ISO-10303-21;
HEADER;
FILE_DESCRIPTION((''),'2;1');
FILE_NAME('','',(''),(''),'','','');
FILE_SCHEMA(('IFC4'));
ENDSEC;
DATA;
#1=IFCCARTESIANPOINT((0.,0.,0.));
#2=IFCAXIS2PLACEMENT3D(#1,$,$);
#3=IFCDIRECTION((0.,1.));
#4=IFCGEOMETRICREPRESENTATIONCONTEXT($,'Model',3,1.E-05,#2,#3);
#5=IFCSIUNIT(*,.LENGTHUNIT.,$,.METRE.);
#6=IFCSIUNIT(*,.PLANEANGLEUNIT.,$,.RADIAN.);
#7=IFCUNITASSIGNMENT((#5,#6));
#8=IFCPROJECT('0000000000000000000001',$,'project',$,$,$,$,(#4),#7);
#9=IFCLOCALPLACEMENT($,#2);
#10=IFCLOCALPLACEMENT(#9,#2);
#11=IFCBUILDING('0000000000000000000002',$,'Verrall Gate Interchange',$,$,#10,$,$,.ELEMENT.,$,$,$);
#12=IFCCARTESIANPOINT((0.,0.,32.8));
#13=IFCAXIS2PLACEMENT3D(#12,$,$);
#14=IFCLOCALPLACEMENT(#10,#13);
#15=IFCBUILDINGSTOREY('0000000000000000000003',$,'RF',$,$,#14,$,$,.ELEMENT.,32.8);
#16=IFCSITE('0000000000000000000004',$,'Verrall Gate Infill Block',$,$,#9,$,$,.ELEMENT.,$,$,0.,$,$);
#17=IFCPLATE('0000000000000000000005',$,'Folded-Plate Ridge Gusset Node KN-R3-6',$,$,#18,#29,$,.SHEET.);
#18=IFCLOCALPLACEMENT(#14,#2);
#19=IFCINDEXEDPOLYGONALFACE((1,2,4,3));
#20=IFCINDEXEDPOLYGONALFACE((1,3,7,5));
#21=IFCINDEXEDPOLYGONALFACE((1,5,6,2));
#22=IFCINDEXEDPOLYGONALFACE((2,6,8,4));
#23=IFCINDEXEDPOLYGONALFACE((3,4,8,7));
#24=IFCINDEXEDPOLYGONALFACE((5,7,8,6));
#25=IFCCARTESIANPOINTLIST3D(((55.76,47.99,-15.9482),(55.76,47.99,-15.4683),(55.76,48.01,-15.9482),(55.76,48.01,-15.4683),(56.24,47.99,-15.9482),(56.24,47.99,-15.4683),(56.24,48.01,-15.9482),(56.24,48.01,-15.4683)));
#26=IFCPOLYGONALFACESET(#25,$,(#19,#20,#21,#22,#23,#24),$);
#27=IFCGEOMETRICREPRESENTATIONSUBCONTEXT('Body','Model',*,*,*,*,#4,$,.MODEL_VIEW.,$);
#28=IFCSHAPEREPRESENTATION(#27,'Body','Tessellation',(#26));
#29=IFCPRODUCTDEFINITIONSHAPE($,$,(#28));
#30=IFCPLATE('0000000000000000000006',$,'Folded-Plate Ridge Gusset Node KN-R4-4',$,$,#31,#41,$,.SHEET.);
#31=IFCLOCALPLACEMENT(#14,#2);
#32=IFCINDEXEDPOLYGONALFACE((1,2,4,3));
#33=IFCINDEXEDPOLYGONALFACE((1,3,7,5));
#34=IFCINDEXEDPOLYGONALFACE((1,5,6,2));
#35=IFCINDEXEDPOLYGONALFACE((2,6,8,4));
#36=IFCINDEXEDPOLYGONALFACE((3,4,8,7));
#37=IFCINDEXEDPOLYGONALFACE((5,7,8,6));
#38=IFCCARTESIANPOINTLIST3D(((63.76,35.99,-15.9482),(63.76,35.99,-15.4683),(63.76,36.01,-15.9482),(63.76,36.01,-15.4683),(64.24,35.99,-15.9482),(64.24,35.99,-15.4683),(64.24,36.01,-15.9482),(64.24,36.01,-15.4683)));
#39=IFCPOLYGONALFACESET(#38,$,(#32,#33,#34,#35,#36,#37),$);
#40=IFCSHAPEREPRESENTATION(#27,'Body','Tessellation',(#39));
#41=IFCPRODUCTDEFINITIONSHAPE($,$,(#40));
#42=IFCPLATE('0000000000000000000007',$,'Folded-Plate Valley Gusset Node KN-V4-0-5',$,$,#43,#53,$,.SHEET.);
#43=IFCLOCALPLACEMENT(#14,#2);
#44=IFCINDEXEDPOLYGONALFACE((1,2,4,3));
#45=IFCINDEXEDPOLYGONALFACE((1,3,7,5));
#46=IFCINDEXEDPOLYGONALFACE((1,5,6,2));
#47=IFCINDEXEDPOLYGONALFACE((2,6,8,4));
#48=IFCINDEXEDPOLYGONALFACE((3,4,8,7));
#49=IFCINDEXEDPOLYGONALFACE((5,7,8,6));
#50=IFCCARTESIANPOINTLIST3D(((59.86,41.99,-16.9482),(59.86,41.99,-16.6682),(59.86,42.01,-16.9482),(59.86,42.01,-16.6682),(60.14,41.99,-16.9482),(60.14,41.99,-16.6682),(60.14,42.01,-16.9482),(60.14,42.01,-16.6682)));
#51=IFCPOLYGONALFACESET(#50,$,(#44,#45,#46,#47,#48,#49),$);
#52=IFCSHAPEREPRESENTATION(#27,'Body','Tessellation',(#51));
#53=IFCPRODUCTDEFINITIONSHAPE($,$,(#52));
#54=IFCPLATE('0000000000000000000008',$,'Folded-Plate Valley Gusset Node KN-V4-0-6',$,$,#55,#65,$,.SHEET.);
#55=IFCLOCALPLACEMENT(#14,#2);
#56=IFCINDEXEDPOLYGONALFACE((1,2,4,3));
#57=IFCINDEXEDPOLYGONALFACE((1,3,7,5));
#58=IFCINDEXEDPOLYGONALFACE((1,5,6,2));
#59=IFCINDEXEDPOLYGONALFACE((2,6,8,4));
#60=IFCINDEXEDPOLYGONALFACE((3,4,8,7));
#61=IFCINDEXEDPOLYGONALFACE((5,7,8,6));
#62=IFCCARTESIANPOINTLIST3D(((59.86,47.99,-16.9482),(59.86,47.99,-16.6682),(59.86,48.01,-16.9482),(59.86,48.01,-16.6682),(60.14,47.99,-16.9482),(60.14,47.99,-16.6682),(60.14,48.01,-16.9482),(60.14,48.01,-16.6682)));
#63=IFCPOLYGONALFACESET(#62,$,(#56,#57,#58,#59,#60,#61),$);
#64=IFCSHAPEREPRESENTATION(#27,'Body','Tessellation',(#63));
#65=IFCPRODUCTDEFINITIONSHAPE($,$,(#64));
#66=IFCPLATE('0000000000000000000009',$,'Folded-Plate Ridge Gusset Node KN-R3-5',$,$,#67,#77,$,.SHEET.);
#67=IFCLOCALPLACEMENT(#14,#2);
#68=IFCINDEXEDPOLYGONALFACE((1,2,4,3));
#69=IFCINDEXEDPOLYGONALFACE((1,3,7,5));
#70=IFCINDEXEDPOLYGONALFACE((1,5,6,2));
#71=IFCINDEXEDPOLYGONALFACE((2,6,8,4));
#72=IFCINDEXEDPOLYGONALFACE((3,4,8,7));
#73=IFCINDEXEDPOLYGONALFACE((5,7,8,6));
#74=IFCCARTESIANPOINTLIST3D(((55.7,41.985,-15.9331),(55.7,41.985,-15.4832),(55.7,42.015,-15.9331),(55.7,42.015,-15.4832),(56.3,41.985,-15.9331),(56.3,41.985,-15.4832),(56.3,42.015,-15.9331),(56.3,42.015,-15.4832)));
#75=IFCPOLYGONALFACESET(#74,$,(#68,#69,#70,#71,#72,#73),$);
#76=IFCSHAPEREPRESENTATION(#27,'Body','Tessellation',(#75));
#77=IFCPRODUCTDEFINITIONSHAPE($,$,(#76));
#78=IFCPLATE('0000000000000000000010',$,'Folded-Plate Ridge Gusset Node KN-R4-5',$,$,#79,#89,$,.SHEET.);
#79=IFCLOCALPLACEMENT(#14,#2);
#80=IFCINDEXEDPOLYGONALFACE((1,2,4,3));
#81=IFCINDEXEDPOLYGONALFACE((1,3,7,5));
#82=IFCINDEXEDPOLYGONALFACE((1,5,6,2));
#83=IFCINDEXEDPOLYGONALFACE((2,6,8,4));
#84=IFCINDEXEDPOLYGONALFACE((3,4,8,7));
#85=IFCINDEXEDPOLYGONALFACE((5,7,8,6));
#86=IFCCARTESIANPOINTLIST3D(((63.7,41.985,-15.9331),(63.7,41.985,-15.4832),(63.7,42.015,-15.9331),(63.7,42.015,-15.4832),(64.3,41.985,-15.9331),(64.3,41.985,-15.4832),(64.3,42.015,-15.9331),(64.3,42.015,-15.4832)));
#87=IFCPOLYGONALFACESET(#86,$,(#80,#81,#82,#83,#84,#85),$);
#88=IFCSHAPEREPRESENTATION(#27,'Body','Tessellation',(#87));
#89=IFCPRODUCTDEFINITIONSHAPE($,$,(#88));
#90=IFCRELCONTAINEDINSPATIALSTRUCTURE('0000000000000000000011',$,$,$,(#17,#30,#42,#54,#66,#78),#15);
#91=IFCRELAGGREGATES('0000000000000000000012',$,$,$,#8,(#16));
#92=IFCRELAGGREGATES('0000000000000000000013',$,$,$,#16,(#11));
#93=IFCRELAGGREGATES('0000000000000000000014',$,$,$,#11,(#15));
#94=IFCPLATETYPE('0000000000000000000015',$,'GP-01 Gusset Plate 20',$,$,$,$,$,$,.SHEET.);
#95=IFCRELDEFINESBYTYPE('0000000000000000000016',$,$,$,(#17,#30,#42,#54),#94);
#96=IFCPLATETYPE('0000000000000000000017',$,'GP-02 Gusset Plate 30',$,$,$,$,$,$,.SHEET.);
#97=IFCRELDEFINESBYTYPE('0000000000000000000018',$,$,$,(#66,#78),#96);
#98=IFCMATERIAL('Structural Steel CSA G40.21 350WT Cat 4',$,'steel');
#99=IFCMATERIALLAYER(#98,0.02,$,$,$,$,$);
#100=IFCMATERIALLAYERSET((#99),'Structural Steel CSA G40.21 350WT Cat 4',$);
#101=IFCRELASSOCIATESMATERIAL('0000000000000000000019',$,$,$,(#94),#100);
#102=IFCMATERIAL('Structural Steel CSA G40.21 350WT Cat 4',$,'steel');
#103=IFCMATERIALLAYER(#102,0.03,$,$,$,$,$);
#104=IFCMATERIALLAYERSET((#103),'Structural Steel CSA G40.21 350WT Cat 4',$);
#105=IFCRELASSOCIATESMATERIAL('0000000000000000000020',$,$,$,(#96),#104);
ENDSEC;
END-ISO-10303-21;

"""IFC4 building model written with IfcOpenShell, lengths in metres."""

from ifc_helpers import new_model, si_unit, direction, frame, origin, origin_2d, place, context, subcontext, project, spatial, rectangle, extrude, material, layer, layer_set, type_object, element, save


model = new_model("IFC4")

# Units and contexts
model_context = context("Model", 3, precision=1e-05, world=origin(), true_north=direction((0.0, 1.0)))
body_context = subcontext(model_context, "Body", "Model", "MODEL_VIEW")
ifc_project = project(units=[si_unit("LENGTHUNIT", "METRE"), si_unit("PLANEANGLEUNIT", "RADIAN")], contexts=[model_context])

# Site, building, storey
site_placement = place(None, origin())
site = spatial("IfcSite", under=ifc_project, at=site_placement, Name="Verrall Gate Infill Block", CompositionType="ELEMENT", RefElevation=0.0)
building_placement = place(site_placement, origin())
building = spatial("IfcBuilding", under=site, at=building_placement, Name="Verrall Gate Interchange", CompositionType="ELEMENT")
storey_placement = place(building_placement, frame((0.0, 0.0, 32.8)))
storey = spatial("IfcBuildingStorey", under=building, at=storey_placement, Name="RF", CompositionType="ELEMENT", Elevation=32.8)

# Plates
ifc_material_1 = material(Name="Structural Steel CSA G40.21 350WT Cat 4", Category="steel")
ifc_layer_1 = layer(ifc_material_1, 0.02)
ifc_layer_set_1 = layer_set([ifc_layer_1], Name="Structural Steel CSA G40.21 350WT Cat 4")
plate_type_1 = type_object("IfcPlateType", Name="GP-01 Gusset Plate 20", PredefinedType="SHEET", material=ifc_layer_set_1)
for number, where, z_axis, x_axis, name in (
    (1, (56.0, 48.0, -15.9482), (0.0, 0.0, 1.0), (1.0, 0.0, 0.0), "Folded-Plate Ridge Gusset Node KN-R3-6"),
    (2, (64.0, 36.0, -15.9482), (0.0, 0.0, 1.0), (1.0, 0.0, 0.0), "Folded-Plate Ridge Gusset Node KN-R4-4"),
):
    element("IfcPlate", number, at=place(storey_placement, frame(where, z_axis=z_axis, x_axis=x_axis)), inside=storey, type_object=plate_type_1, Name=name, PredefinedType="SHEET", context=body_context, shape_type="SweptSolid", body=[
        extrude(rectangle(XDim=0.48, YDim=0.02, at=origin_2d()), origin(), (0.0, 0.0, 1.0), 0.48),
    ])
for number, where, z_axis, x_axis, name in (
    (3, (60.0, 42.0, -16.9482), (0.0, 0.0, 1.0), (1.0, 0.0, 0.0), "Folded-Plate Valley Gusset Node KN-V4-0-5"),
    (4, (60.0, 48.0, -16.9482), (0.0, 0.0, 1.0), (1.0, 0.0, 0.0), "Folded-Plate Valley Gusset Node KN-V4-0-6"),
):
    element("IfcPlate", number, at=place(storey_placement, frame(where, z_axis=z_axis, x_axis=x_axis)), inside=storey, type_object=plate_type_1, Name=name, PredefinedType="SHEET", context=body_context, shape_type="SweptSolid", body=[
        extrude(rectangle(XDim=0.28, YDim=0.02, at=origin_2d()), origin(), (0.0, 0.0, 1.0), 0.28),
    ])
ifc_material_2 = material(Name="Structural Steel CSA G40.21 350WT Cat 4", Category="steel")
ifc_layer_2 = layer(ifc_material_2, 0.03)
ifc_layer_set_2 = layer_set([ifc_layer_2], Name="Structural Steel CSA G40.21 350WT Cat 4")
plate_type_2 = type_object("IfcPlateType", Name="GP-02 Gusset Plate 30", PredefinedType="SHEET", material=ifc_layer_set_2)
for number, where, z_axis, x_axis, name in (
    (5, (56.0, 42.0, -15.9331), (0.0, 0.0, 1.0), (1.0, 0.0, 0.0), "Folded-Plate Ridge Gusset Node KN-R3-5"),
    (6, (64.0, 42.0, -15.9331), (0.0, 0.0, 1.0), (1.0, 0.0, 0.0), "Folded-Plate Ridge Gusset Node KN-R4-5"),
):
    element("IfcPlate", number, at=place(storey_placement, frame(where, z_axis=z_axis, x_axis=x_axis)), inside=storey, type_object=plate_type_2, Name=name, PredefinedType="SHEET", context=body_context, shape_type="SweptSolid", body=[
        extrude(rectangle(XDim=0.6001, YDim=0.03, at=origin_2d()), origin(), (0.0, 0.0, 1.0), 0.45),
    ])

save(model, "model.ifc")
